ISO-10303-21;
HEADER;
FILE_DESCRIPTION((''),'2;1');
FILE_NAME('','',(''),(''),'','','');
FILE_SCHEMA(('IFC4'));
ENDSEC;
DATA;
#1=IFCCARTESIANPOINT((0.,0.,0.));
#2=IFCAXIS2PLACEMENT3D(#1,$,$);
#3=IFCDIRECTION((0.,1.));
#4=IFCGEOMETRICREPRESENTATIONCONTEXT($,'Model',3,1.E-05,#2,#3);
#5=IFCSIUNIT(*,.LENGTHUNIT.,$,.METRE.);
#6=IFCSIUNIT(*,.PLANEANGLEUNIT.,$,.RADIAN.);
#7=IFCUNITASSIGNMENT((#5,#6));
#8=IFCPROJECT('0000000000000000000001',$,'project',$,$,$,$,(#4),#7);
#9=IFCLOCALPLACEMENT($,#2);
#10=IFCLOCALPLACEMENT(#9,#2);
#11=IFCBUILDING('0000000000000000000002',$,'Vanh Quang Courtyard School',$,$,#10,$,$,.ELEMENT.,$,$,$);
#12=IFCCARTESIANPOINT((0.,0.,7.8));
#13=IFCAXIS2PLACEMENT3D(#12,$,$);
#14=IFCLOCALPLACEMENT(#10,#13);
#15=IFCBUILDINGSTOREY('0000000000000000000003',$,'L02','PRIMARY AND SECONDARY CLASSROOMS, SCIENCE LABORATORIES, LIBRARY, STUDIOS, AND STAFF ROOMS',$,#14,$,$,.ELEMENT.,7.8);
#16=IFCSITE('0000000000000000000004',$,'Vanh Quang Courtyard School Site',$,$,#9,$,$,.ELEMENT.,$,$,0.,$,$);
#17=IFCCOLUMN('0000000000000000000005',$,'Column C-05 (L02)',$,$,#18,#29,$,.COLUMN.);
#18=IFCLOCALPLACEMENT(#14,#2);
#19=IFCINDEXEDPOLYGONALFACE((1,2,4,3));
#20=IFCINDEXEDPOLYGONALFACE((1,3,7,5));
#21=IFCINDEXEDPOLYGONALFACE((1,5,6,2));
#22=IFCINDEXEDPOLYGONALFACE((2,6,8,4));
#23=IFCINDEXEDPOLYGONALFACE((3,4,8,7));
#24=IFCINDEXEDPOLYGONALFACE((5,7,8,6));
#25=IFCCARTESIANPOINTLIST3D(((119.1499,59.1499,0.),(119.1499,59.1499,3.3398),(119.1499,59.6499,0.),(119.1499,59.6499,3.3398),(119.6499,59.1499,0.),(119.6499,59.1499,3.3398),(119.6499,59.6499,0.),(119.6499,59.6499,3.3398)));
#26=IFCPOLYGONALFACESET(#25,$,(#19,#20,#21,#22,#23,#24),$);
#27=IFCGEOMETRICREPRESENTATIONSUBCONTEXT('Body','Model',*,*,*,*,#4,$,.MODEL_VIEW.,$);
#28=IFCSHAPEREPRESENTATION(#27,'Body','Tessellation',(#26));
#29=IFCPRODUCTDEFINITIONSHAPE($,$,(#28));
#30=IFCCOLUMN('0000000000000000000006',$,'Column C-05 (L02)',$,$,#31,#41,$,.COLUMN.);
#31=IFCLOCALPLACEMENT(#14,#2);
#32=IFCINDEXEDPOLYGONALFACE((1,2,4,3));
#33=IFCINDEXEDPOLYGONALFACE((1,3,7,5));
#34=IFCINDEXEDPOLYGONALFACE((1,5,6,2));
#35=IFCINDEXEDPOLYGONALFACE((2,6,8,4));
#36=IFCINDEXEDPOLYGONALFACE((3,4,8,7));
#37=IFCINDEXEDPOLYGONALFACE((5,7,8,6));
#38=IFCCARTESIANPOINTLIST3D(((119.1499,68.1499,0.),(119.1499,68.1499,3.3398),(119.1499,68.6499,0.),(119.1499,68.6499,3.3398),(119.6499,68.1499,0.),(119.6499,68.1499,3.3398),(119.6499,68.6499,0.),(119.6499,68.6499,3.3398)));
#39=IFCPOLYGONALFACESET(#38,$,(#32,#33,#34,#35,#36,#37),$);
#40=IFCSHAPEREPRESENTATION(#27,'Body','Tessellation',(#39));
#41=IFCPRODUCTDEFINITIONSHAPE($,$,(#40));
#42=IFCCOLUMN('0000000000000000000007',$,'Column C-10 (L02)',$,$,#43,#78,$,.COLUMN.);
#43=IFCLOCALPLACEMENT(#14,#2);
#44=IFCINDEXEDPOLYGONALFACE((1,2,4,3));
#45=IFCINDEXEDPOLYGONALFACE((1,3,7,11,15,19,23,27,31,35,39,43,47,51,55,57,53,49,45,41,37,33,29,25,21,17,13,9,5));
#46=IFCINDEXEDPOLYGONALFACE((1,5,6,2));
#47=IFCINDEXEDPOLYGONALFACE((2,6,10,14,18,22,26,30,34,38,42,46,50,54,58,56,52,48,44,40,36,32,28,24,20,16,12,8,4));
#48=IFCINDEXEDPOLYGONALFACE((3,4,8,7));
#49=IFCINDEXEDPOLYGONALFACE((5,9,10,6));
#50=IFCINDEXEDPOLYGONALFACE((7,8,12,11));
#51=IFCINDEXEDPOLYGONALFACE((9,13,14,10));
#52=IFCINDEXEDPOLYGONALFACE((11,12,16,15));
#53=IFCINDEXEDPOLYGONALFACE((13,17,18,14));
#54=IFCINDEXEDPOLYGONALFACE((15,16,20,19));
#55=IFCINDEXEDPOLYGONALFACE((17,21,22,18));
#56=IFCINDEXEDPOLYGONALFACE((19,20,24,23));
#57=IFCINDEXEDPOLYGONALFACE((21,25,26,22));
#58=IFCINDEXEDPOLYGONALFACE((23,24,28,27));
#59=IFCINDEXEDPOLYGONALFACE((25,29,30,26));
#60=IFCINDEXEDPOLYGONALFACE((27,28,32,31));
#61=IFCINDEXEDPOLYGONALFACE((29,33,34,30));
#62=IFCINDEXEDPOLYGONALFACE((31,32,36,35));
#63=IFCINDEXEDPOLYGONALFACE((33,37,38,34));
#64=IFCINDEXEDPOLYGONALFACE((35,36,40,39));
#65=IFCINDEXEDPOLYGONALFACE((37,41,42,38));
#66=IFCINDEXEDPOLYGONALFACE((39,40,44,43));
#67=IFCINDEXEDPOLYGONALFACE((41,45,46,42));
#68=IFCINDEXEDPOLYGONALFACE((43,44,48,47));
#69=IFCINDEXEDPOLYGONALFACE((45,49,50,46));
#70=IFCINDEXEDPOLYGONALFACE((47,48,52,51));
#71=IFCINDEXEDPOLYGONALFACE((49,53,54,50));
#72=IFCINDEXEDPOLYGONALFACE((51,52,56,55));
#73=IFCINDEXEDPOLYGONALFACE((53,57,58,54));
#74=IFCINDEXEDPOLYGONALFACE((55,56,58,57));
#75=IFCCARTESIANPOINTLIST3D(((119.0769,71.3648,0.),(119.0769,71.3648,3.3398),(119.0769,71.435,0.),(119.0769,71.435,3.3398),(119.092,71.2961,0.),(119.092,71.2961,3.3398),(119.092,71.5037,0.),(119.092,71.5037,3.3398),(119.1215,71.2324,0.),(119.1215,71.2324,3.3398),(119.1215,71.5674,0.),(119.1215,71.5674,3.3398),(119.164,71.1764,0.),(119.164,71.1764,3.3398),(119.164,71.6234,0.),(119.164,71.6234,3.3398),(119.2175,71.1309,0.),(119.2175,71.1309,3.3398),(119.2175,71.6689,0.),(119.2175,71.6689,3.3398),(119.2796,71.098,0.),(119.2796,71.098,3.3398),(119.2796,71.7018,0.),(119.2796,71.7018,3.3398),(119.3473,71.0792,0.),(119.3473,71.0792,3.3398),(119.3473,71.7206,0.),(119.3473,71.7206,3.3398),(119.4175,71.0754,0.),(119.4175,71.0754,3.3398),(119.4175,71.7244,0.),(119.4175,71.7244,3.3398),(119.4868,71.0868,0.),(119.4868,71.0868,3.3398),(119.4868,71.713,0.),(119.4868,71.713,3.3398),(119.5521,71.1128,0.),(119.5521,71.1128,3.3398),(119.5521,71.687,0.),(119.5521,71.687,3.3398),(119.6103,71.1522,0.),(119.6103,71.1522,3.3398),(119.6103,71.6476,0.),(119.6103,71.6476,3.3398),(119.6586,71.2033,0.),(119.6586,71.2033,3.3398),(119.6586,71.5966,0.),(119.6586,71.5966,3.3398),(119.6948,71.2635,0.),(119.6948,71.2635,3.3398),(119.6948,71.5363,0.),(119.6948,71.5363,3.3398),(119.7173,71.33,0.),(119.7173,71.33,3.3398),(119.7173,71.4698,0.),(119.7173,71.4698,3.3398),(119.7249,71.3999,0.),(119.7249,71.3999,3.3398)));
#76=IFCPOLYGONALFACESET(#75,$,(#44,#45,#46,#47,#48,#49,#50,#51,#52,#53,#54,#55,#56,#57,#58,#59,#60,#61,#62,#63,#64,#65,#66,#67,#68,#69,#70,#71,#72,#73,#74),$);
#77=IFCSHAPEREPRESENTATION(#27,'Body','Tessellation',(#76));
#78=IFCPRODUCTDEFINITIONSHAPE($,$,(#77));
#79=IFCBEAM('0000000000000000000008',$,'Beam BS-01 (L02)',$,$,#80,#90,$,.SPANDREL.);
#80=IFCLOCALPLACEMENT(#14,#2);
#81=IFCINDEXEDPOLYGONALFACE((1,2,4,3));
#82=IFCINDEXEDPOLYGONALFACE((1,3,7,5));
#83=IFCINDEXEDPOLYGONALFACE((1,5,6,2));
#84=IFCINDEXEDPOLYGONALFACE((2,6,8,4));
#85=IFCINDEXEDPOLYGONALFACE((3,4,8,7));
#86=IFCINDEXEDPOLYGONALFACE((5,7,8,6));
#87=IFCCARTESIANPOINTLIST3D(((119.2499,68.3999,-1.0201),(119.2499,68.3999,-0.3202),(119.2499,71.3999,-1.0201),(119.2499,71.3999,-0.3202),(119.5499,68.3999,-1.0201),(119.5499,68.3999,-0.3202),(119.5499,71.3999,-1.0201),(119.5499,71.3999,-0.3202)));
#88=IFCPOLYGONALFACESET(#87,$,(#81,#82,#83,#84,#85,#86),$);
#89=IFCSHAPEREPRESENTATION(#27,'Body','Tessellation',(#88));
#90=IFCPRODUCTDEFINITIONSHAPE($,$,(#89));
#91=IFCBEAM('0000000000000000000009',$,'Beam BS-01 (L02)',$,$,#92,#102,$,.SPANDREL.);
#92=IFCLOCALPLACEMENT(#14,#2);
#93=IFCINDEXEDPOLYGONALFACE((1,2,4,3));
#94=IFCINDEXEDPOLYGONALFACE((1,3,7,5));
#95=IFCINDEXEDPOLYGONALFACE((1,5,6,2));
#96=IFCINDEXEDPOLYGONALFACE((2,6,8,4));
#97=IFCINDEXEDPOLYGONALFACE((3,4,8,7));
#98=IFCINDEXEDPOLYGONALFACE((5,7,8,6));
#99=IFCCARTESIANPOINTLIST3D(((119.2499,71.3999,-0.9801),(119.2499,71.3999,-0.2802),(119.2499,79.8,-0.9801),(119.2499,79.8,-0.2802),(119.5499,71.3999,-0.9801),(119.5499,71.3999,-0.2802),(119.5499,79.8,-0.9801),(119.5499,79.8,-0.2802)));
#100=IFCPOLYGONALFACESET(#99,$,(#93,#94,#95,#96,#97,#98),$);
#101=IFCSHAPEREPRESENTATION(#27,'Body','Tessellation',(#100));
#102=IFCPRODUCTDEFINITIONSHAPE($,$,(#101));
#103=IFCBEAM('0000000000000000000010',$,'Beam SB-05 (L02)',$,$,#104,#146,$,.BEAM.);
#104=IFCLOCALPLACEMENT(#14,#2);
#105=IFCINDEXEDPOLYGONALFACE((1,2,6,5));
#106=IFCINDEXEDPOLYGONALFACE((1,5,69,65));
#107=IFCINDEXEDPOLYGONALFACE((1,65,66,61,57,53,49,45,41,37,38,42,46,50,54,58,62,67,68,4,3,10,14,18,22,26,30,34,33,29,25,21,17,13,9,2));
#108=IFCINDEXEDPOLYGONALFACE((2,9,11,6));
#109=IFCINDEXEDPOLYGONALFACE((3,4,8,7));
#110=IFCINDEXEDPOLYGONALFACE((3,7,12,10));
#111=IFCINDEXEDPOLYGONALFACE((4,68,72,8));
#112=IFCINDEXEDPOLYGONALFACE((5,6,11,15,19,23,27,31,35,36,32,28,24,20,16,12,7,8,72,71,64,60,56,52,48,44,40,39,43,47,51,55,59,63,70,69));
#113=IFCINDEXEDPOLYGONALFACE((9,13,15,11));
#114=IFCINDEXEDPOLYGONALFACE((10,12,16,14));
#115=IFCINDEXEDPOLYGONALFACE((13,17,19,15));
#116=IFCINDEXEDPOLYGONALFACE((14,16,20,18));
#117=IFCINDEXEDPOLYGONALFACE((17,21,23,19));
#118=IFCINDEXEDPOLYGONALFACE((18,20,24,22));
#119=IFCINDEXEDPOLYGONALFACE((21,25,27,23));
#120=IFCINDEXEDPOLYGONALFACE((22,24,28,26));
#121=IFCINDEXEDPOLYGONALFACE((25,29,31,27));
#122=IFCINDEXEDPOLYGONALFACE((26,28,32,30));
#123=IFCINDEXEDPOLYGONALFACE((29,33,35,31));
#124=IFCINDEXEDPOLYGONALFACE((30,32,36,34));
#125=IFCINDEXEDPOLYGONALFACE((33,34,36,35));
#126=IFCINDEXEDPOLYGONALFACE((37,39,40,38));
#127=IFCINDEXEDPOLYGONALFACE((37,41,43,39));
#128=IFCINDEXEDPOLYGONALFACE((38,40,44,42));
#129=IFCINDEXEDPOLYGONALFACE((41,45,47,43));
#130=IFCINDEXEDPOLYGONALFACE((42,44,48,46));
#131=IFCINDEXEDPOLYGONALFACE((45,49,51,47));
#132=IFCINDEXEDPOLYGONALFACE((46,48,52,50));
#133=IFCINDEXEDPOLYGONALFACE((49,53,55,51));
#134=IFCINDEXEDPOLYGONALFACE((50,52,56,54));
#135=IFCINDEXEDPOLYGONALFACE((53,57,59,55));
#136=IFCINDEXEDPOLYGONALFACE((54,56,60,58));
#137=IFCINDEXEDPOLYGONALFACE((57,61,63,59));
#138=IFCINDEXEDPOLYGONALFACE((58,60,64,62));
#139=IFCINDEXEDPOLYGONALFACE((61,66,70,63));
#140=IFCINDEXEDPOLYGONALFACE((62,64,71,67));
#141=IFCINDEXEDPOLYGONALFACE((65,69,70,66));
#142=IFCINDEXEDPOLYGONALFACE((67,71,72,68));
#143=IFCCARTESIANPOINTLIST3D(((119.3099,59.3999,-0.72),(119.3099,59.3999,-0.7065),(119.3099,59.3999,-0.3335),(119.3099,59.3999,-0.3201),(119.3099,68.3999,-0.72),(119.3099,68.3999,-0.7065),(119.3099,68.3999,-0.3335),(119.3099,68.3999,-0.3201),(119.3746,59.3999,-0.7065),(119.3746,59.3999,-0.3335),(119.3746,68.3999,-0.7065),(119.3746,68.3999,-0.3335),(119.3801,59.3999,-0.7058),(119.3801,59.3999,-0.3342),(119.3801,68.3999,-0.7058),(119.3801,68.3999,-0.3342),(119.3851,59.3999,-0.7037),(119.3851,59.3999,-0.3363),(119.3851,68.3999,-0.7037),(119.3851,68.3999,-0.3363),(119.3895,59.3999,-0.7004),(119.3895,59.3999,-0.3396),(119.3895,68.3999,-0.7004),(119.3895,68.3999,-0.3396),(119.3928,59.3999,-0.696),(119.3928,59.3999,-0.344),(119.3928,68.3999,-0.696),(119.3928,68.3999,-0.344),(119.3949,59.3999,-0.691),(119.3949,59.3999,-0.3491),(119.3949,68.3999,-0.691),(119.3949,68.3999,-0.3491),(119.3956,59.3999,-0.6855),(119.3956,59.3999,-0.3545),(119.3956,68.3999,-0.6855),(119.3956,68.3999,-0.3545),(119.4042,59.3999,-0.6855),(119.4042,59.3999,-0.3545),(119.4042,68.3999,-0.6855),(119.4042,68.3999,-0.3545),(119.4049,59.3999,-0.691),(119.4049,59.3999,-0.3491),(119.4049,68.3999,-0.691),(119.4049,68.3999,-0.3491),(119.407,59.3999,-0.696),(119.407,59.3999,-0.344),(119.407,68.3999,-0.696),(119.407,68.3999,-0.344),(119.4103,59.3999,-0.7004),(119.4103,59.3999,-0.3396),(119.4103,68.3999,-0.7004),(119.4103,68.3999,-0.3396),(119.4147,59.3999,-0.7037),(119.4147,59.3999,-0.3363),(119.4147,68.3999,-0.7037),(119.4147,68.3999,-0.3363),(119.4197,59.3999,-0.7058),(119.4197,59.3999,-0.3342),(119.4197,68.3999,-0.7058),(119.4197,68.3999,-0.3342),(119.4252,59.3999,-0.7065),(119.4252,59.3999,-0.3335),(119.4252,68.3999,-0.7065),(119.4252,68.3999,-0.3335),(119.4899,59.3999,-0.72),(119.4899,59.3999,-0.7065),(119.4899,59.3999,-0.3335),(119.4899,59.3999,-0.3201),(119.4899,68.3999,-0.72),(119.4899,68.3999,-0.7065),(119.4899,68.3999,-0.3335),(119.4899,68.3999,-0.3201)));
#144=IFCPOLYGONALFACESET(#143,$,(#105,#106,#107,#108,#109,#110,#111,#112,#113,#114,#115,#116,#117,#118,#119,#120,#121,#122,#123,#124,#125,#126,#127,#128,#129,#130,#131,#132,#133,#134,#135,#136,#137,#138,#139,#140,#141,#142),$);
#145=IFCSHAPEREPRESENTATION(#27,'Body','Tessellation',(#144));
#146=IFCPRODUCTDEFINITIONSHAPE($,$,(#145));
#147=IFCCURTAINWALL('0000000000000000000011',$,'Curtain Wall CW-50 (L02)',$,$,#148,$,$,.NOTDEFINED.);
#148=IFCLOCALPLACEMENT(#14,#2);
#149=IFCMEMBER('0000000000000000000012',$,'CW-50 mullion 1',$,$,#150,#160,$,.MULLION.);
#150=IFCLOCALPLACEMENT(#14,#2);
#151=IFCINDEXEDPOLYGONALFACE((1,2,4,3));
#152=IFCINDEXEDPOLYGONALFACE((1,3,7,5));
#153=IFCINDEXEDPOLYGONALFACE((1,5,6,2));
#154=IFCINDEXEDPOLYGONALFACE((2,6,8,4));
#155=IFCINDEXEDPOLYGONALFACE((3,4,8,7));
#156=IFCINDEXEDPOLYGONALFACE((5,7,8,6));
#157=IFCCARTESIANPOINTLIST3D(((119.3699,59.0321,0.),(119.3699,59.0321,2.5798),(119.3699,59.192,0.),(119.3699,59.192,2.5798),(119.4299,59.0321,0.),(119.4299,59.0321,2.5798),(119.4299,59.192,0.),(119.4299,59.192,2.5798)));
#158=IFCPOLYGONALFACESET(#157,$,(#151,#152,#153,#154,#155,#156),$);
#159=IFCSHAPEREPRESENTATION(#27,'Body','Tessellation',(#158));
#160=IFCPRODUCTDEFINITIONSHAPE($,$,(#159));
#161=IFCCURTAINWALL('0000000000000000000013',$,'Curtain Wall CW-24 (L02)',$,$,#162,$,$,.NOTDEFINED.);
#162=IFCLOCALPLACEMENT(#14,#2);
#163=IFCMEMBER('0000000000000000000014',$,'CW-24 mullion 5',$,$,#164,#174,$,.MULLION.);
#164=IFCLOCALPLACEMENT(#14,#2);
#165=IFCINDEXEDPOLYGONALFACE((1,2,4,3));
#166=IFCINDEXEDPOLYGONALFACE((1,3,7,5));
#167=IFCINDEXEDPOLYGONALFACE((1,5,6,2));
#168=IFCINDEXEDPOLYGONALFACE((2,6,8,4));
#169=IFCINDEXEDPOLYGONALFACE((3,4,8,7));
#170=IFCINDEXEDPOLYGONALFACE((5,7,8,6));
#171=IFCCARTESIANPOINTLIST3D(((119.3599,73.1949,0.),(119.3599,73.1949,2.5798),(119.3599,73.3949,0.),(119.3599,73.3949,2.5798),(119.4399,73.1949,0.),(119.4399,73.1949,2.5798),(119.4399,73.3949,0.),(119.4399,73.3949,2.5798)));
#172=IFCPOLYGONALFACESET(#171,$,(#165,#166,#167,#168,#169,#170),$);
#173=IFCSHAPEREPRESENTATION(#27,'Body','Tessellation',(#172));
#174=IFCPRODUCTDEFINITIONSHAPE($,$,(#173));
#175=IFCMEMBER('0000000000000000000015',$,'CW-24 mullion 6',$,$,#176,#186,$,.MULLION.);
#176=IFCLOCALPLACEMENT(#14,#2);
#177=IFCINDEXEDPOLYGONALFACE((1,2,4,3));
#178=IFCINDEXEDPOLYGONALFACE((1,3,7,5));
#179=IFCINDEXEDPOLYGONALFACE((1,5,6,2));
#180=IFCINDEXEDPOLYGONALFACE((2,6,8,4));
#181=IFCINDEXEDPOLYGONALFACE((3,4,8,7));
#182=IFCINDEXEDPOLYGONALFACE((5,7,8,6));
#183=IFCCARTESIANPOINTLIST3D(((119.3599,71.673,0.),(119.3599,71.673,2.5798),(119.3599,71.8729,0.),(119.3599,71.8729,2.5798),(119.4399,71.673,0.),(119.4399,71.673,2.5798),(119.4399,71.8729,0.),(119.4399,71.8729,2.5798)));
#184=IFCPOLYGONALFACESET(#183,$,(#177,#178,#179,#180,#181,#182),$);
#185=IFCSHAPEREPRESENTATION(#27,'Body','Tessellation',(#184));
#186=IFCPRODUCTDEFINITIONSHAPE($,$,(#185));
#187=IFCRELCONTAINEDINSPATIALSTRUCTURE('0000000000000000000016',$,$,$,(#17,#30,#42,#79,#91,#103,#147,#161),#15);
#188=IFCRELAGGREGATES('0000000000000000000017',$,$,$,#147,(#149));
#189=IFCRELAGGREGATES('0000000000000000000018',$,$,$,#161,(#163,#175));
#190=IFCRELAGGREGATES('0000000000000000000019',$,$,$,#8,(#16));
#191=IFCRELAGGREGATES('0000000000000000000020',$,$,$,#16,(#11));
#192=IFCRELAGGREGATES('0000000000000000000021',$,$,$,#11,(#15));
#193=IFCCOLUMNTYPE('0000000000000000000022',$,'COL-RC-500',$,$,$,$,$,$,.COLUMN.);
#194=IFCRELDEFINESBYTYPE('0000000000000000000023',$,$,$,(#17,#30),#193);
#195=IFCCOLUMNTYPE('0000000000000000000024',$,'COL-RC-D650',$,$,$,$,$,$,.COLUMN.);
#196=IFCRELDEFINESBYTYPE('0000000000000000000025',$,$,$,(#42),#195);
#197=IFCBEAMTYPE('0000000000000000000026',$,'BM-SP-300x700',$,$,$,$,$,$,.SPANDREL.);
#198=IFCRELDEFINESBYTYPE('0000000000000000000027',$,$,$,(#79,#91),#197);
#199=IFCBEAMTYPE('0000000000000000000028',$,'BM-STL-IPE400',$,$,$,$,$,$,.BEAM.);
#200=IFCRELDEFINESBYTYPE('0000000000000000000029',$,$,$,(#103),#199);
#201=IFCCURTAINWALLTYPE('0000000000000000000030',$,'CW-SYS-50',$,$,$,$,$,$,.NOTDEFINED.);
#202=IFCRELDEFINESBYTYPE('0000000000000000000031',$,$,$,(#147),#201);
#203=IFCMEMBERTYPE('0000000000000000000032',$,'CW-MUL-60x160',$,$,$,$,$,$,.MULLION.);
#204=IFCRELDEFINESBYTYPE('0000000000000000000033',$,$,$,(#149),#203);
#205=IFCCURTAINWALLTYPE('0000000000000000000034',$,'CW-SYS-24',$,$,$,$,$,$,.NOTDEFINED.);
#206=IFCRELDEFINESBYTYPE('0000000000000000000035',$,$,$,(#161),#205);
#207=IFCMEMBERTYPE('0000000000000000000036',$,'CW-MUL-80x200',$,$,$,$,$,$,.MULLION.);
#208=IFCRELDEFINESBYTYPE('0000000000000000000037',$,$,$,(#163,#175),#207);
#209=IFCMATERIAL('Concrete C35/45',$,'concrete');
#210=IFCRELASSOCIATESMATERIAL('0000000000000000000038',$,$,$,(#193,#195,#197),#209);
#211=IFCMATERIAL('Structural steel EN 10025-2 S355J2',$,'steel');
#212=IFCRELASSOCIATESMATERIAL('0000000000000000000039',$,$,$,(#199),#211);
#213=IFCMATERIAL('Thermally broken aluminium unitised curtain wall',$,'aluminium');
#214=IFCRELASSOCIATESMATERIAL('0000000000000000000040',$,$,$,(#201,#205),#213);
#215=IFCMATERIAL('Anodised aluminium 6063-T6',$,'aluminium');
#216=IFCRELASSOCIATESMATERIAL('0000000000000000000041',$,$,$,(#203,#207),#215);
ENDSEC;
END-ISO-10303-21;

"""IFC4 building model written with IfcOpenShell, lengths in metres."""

from ifc_helpers import new_model, si_unit, direction, frame, origin, origin_2d, place, context, subcontext, project, spatial, rectangle, circle, i_section, extrude, material, material_profile, profile_set, type_object, element, aggregate, save


model = new_model("IFC4")

# Units and contexts
model_context = context("Model", 3, precision=1e-05, world=origin(), true_north=direction((0.0, 1.0)))
body_context = subcontext(model_context, "Body", "Model", "MODEL_VIEW")
ifc_project = project(units=[si_unit("LENGTHUNIT", "METRE"), si_unit("PLANEANGLEUNIT", "RADIAN")], contexts=[model_context])

# Site, building, storey
site_placement = place(None, origin())
site = spatial("IfcSite", under=ifc_project, at=site_placement, Name="Vanh Quang Courtyard School Site", CompositionType="ELEMENT", RefElevation=0.0)
building_placement = place(site_placement, origin())
building = spatial("IfcBuilding", under=site, at=building_placement, Name="Vanh Quang Courtyard School", CompositionType="ELEMENT")
storey_placement = place(building_placement, frame((0.0, 0.0, 7.8)))
storey = spatial("IfcBuildingStorey", under=building, at=storey_placement, Name="L02", Description="PRIMARY AND SECONDARY CLASSROOMS, SCIENCE LABORATORIES, LIBRARY, STUDIOS, AND STAFF ROOMS", CompositionType="ELEMENT", Elevation=7.8)

# Columns
ifc_material_1 = material(Name="Concrete C35/45", Category="concrete")
ifc_material_profile_1 = material_profile(ifc_material_1, rectangle(XDim=0.5, YDim=0.5, at=origin_2d()), Name="RC-COL 500x500")
ifc_profile_set_1 = profile_set([ifc_material_profile_1], Name="Concrete C35/45")
column_type_1 = type_object("IfcColumnType", Name="COL-RC-500", PredefinedType="COLUMN", material=ifc_profile_set_1)
for number, where, z_axis, x_axis, name in (
    (1, (119.3999, 59.3999, 0.0), (0.0, 0.0, 1.0), (1.0, 0.0, 0.0), "Column C-05 (L02)"),
    (2, (119.3999, 68.3999, 0.0), (0.0, 0.0, 1.0), (1.0, 0.0, 0.0), "Column C-05 (L02)"),
):
    element("IfcColumn", number, at=place(storey_placement, frame(where, z_axis=z_axis, x_axis=x_axis)), inside=storey, type_object=column_type_1, Name=name, PredefinedType="COLUMN", context=body_context, shape_type="SweptSolid", body=[
        extrude(rectangle(XDim=0.5, YDim=0.5, at=origin_2d()), origin(), (0.0, 0.0, 1.0), 3.3398),
    ])
ifc_material_profile_2 = material_profile(ifc_material_1, circle(Radius=0.325, at=origin_2d()), Name="RC-COL D650")
ifc_profile_set_2 = profile_set([ifc_material_profile_2], Name="Concrete C35/45")
column_type_2 = type_object("IfcColumnType", Name="COL-RC-D650", PredefinedType="COLUMN", material=ifc_profile_set_2)
column_placement = place(storey_placement, frame((119.3999, 71.3999, 0.0), z_axis=(0.0, 0.0, 1.0), x_axis=(1.0, 0.0, 0.0)))
element("IfcColumn", 3, at=column_placement, inside=storey, type_object=column_type_2, Name="Column C-10 (L02)", PredefinedType="COLUMN", context=body_context, shape_type="SweptSolid", body=[
    extrude(circle(Radius=0.325, at=origin_2d()), origin(), (0.0, 0.0, 1.0), 3.3398),
])

# Beams
ifc_material_profile_3 = material_profile(ifc_material_1, rectangle(XDim=0.3, YDim=0.7, at=origin_2d()), Name="RC-SP 300x700")
ifc_profile_set_3 = profile_set([ifc_material_profile_3], Name="Concrete C35/45")
beam_type_1 = type_object("IfcBeamType", Name="BM-SP-300x700", PredefinedType="SPANDREL", material=ifc_profile_set_3)
beam_1_placement = place(storey_placement, frame((119.3999, 68.3999, -0.6702), z_axis=(0.0, 1.0, 0.0), x_axis=(-1.0, 0.0, 0.0)))
element("IfcBeam", 4, at=beam_1_placement, inside=storey, type_object=beam_type_1, Name="Beam BS-01 (L02)", PredefinedType="SPANDREL", context=body_context, shape_type="SweptSolid", body=[
    extrude(rectangle(XDim=0.3, YDim=0.7, at=origin_2d()), origin(), (0.0, 0.0, 1.0), 3.0),
])
beam_2_placement = place(storey_placement, frame((119.3999, 71.3999, -0.6301), z_axis=(0.0, 1.0, 0.0), x_axis=(-1.0, 0.0, 0.0)))
element("IfcBeam", 5, at=beam_2_placement, inside=storey, type_object=beam_type_1, Name="Beam BS-01 (L02)", PredefinedType="SPANDREL", context=body_context, shape_type="SweptSolid", body=[
    extrude(rectangle(XDim=0.3, YDim=0.7, at=origin_2d()), origin(), (0.0, 0.0, 1.0), 8.4001),
])
ifc_material_2 = material(Name="Structural steel EN 10025-2 S355J2", Category="steel")
ifc_material_profile_4 = material_profile(ifc_material_2, i_section(OverallWidth=0.1799, OverallDepth=0.3999, WebThickness=0.0085, FlangeThickness=0.0134, FilletRadius=0.021, at=origin_2d()), Name="IPE 400")
ifc_profile_set_4 = profile_set([ifc_material_profile_4], Name="Structural steel EN 10025-2 S355J2")
beam_type_2 = type_object("IfcBeamType", Name="BM-STL-IPE400", PredefinedType="BEAM", material=ifc_profile_set_4)
beam_3_placement = place(storey_placement, frame((119.3999, 59.3999, -0.52), z_axis=(0.0, 1.0, 0.0), x_axis=(-1.0, 0.0, 0.0)))
element("IfcBeam", 6, at=beam_3_placement, inside=storey, type_object=beam_type_2, Name="Beam SB-05 (L02)", PredefinedType="BEAM", context=body_context, shape_type="SweptSolid", body=[
    extrude(i_section(OverallWidth=0.1799, OverallDepth=0.3999, WebThickness=0.0085, FlangeThickness=0.0134, FilletRadius=0.021, at=origin_2d()), origin(), (0.0, 0.0, 1.0), 9.0),
])

# Curtain wall, member
ifc_material_3 = material(Name="Thermally broken aluminium unitised curtain wall", Category="aluminium")
curtain_wall_type_1 = type_object("IfcCurtainWallType", Name="CW-SYS-50", PredefinedType="NOTDEFINED", material=ifc_material_3)
curtain_wall_1_placement = place(storey_placement, origin())
curtain_wall_1 = element("IfcCurtainWall", 7, at=curtain_wall_1_placement, inside=storey, type_object=curtain_wall_type_1, Name="Curtain Wall CW-50 (L02)", PredefinedType="NOTDEFINED")
ifc_material_4 = material(Name="Anodised aluminium 6063-T6", Category="aluminium")
ifc_material_profile_5 = material_profile(ifc_material_4, rectangle(XDim=0.0601, YDim=0.1599, at=origin_2d()), Name="ALU-MUL 60x160")
ifc_profile_set_5 = profile_set([ifc_material_profile_5], Name="Anodised aluminium 6063-T6")
member_type_1 = type_object("IfcMemberType", Name="CW-MUL-60x160", PredefinedType="MULLION", material=ifc_profile_set_5)
member_1_placement = place(storey_placement, frame((119.3999, 59.1121, 0.0), z_axis=(0.0, 0.0, 1.0), x_axis=(1.0, 0.0, 0.0)))
member_1 = element("IfcMember", 8, at=member_1_placement, type_object=member_type_1, Name="CW-50 mullion 1", PredefinedType="MULLION", context=body_context, shape_type="SweptSolid", body=[
    extrude(rectangle(XDim=0.0601, YDim=0.1599, at=origin_2d()), origin(), (0.0, 0.0, 1.0), 2.5798),
])

# Curtain wall, members
curtain_wall_type_2 = type_object("IfcCurtainWallType", Name="CW-SYS-24", PredefinedType="NOTDEFINED", material=ifc_material_3)
curtain_wall_2_placement = place(storey_placement, origin())
curtain_wall_2 = element("IfcCurtainWall", 9, at=curtain_wall_2_placement, inside=storey, type_object=curtain_wall_type_2, Name="Curtain Wall CW-24 (L02)", PredefinedType="NOTDEFINED")
ifc_material_profile_6 = material_profile(ifc_material_4, rectangle(XDim=0.0801, YDim=0.2, at=origin_2d()), Name="ALU-MUL 80x200")
ifc_profile_set_6 = profile_set([ifc_material_profile_6], Name="Anodised aluminium 6063-T6")
member_type_2 = type_object("IfcMemberType", Name="CW-MUL-80x200", PredefinedType="MULLION", material=ifc_profile_set_6)
member_2_placement = place(storey_placement, frame((119.3999, 73.2949, 0.0), z_axis=(0.0, 0.0, 1.0), x_axis=(1.0, 0.0, 0.0)))
member_2 = element("IfcMember", 10, at=member_2_placement, type_object=member_type_2, Name="CW-24 mullion 5", PredefinedType="MULLION", context=body_context, shape_type="SweptSolid", body=[
    extrude(rectangle(XDim=0.0801, YDim=0.2, at=origin_2d()), origin(), (0.0, 0.0, 1.0), 2.5798),
])
member_3_placement = place(storey_placement, frame((119.3999, 71.7729, 0.0), z_axis=(0.0, 0.0, 1.0), x_axis=(1.0, 0.0, 0.0)))
member_3 = element("IfcMember", 11, at=member_3_placement, type_object=member_type_2, Name="CW-24 mullion 6", PredefinedType="MULLION", context=body_context, shape_type="SweptSolid", body=[
    extrude(rectangle(XDim=0.0801, YDim=0.2, at=origin_2d()), origin(), (0.0, 0.0, 1.0), 2.5798),
])

aggregate(curtain_wall_1, [member_1])
aggregate(curtain_wall_2, [member_2, member_3])

save(model, "model.ifc")
